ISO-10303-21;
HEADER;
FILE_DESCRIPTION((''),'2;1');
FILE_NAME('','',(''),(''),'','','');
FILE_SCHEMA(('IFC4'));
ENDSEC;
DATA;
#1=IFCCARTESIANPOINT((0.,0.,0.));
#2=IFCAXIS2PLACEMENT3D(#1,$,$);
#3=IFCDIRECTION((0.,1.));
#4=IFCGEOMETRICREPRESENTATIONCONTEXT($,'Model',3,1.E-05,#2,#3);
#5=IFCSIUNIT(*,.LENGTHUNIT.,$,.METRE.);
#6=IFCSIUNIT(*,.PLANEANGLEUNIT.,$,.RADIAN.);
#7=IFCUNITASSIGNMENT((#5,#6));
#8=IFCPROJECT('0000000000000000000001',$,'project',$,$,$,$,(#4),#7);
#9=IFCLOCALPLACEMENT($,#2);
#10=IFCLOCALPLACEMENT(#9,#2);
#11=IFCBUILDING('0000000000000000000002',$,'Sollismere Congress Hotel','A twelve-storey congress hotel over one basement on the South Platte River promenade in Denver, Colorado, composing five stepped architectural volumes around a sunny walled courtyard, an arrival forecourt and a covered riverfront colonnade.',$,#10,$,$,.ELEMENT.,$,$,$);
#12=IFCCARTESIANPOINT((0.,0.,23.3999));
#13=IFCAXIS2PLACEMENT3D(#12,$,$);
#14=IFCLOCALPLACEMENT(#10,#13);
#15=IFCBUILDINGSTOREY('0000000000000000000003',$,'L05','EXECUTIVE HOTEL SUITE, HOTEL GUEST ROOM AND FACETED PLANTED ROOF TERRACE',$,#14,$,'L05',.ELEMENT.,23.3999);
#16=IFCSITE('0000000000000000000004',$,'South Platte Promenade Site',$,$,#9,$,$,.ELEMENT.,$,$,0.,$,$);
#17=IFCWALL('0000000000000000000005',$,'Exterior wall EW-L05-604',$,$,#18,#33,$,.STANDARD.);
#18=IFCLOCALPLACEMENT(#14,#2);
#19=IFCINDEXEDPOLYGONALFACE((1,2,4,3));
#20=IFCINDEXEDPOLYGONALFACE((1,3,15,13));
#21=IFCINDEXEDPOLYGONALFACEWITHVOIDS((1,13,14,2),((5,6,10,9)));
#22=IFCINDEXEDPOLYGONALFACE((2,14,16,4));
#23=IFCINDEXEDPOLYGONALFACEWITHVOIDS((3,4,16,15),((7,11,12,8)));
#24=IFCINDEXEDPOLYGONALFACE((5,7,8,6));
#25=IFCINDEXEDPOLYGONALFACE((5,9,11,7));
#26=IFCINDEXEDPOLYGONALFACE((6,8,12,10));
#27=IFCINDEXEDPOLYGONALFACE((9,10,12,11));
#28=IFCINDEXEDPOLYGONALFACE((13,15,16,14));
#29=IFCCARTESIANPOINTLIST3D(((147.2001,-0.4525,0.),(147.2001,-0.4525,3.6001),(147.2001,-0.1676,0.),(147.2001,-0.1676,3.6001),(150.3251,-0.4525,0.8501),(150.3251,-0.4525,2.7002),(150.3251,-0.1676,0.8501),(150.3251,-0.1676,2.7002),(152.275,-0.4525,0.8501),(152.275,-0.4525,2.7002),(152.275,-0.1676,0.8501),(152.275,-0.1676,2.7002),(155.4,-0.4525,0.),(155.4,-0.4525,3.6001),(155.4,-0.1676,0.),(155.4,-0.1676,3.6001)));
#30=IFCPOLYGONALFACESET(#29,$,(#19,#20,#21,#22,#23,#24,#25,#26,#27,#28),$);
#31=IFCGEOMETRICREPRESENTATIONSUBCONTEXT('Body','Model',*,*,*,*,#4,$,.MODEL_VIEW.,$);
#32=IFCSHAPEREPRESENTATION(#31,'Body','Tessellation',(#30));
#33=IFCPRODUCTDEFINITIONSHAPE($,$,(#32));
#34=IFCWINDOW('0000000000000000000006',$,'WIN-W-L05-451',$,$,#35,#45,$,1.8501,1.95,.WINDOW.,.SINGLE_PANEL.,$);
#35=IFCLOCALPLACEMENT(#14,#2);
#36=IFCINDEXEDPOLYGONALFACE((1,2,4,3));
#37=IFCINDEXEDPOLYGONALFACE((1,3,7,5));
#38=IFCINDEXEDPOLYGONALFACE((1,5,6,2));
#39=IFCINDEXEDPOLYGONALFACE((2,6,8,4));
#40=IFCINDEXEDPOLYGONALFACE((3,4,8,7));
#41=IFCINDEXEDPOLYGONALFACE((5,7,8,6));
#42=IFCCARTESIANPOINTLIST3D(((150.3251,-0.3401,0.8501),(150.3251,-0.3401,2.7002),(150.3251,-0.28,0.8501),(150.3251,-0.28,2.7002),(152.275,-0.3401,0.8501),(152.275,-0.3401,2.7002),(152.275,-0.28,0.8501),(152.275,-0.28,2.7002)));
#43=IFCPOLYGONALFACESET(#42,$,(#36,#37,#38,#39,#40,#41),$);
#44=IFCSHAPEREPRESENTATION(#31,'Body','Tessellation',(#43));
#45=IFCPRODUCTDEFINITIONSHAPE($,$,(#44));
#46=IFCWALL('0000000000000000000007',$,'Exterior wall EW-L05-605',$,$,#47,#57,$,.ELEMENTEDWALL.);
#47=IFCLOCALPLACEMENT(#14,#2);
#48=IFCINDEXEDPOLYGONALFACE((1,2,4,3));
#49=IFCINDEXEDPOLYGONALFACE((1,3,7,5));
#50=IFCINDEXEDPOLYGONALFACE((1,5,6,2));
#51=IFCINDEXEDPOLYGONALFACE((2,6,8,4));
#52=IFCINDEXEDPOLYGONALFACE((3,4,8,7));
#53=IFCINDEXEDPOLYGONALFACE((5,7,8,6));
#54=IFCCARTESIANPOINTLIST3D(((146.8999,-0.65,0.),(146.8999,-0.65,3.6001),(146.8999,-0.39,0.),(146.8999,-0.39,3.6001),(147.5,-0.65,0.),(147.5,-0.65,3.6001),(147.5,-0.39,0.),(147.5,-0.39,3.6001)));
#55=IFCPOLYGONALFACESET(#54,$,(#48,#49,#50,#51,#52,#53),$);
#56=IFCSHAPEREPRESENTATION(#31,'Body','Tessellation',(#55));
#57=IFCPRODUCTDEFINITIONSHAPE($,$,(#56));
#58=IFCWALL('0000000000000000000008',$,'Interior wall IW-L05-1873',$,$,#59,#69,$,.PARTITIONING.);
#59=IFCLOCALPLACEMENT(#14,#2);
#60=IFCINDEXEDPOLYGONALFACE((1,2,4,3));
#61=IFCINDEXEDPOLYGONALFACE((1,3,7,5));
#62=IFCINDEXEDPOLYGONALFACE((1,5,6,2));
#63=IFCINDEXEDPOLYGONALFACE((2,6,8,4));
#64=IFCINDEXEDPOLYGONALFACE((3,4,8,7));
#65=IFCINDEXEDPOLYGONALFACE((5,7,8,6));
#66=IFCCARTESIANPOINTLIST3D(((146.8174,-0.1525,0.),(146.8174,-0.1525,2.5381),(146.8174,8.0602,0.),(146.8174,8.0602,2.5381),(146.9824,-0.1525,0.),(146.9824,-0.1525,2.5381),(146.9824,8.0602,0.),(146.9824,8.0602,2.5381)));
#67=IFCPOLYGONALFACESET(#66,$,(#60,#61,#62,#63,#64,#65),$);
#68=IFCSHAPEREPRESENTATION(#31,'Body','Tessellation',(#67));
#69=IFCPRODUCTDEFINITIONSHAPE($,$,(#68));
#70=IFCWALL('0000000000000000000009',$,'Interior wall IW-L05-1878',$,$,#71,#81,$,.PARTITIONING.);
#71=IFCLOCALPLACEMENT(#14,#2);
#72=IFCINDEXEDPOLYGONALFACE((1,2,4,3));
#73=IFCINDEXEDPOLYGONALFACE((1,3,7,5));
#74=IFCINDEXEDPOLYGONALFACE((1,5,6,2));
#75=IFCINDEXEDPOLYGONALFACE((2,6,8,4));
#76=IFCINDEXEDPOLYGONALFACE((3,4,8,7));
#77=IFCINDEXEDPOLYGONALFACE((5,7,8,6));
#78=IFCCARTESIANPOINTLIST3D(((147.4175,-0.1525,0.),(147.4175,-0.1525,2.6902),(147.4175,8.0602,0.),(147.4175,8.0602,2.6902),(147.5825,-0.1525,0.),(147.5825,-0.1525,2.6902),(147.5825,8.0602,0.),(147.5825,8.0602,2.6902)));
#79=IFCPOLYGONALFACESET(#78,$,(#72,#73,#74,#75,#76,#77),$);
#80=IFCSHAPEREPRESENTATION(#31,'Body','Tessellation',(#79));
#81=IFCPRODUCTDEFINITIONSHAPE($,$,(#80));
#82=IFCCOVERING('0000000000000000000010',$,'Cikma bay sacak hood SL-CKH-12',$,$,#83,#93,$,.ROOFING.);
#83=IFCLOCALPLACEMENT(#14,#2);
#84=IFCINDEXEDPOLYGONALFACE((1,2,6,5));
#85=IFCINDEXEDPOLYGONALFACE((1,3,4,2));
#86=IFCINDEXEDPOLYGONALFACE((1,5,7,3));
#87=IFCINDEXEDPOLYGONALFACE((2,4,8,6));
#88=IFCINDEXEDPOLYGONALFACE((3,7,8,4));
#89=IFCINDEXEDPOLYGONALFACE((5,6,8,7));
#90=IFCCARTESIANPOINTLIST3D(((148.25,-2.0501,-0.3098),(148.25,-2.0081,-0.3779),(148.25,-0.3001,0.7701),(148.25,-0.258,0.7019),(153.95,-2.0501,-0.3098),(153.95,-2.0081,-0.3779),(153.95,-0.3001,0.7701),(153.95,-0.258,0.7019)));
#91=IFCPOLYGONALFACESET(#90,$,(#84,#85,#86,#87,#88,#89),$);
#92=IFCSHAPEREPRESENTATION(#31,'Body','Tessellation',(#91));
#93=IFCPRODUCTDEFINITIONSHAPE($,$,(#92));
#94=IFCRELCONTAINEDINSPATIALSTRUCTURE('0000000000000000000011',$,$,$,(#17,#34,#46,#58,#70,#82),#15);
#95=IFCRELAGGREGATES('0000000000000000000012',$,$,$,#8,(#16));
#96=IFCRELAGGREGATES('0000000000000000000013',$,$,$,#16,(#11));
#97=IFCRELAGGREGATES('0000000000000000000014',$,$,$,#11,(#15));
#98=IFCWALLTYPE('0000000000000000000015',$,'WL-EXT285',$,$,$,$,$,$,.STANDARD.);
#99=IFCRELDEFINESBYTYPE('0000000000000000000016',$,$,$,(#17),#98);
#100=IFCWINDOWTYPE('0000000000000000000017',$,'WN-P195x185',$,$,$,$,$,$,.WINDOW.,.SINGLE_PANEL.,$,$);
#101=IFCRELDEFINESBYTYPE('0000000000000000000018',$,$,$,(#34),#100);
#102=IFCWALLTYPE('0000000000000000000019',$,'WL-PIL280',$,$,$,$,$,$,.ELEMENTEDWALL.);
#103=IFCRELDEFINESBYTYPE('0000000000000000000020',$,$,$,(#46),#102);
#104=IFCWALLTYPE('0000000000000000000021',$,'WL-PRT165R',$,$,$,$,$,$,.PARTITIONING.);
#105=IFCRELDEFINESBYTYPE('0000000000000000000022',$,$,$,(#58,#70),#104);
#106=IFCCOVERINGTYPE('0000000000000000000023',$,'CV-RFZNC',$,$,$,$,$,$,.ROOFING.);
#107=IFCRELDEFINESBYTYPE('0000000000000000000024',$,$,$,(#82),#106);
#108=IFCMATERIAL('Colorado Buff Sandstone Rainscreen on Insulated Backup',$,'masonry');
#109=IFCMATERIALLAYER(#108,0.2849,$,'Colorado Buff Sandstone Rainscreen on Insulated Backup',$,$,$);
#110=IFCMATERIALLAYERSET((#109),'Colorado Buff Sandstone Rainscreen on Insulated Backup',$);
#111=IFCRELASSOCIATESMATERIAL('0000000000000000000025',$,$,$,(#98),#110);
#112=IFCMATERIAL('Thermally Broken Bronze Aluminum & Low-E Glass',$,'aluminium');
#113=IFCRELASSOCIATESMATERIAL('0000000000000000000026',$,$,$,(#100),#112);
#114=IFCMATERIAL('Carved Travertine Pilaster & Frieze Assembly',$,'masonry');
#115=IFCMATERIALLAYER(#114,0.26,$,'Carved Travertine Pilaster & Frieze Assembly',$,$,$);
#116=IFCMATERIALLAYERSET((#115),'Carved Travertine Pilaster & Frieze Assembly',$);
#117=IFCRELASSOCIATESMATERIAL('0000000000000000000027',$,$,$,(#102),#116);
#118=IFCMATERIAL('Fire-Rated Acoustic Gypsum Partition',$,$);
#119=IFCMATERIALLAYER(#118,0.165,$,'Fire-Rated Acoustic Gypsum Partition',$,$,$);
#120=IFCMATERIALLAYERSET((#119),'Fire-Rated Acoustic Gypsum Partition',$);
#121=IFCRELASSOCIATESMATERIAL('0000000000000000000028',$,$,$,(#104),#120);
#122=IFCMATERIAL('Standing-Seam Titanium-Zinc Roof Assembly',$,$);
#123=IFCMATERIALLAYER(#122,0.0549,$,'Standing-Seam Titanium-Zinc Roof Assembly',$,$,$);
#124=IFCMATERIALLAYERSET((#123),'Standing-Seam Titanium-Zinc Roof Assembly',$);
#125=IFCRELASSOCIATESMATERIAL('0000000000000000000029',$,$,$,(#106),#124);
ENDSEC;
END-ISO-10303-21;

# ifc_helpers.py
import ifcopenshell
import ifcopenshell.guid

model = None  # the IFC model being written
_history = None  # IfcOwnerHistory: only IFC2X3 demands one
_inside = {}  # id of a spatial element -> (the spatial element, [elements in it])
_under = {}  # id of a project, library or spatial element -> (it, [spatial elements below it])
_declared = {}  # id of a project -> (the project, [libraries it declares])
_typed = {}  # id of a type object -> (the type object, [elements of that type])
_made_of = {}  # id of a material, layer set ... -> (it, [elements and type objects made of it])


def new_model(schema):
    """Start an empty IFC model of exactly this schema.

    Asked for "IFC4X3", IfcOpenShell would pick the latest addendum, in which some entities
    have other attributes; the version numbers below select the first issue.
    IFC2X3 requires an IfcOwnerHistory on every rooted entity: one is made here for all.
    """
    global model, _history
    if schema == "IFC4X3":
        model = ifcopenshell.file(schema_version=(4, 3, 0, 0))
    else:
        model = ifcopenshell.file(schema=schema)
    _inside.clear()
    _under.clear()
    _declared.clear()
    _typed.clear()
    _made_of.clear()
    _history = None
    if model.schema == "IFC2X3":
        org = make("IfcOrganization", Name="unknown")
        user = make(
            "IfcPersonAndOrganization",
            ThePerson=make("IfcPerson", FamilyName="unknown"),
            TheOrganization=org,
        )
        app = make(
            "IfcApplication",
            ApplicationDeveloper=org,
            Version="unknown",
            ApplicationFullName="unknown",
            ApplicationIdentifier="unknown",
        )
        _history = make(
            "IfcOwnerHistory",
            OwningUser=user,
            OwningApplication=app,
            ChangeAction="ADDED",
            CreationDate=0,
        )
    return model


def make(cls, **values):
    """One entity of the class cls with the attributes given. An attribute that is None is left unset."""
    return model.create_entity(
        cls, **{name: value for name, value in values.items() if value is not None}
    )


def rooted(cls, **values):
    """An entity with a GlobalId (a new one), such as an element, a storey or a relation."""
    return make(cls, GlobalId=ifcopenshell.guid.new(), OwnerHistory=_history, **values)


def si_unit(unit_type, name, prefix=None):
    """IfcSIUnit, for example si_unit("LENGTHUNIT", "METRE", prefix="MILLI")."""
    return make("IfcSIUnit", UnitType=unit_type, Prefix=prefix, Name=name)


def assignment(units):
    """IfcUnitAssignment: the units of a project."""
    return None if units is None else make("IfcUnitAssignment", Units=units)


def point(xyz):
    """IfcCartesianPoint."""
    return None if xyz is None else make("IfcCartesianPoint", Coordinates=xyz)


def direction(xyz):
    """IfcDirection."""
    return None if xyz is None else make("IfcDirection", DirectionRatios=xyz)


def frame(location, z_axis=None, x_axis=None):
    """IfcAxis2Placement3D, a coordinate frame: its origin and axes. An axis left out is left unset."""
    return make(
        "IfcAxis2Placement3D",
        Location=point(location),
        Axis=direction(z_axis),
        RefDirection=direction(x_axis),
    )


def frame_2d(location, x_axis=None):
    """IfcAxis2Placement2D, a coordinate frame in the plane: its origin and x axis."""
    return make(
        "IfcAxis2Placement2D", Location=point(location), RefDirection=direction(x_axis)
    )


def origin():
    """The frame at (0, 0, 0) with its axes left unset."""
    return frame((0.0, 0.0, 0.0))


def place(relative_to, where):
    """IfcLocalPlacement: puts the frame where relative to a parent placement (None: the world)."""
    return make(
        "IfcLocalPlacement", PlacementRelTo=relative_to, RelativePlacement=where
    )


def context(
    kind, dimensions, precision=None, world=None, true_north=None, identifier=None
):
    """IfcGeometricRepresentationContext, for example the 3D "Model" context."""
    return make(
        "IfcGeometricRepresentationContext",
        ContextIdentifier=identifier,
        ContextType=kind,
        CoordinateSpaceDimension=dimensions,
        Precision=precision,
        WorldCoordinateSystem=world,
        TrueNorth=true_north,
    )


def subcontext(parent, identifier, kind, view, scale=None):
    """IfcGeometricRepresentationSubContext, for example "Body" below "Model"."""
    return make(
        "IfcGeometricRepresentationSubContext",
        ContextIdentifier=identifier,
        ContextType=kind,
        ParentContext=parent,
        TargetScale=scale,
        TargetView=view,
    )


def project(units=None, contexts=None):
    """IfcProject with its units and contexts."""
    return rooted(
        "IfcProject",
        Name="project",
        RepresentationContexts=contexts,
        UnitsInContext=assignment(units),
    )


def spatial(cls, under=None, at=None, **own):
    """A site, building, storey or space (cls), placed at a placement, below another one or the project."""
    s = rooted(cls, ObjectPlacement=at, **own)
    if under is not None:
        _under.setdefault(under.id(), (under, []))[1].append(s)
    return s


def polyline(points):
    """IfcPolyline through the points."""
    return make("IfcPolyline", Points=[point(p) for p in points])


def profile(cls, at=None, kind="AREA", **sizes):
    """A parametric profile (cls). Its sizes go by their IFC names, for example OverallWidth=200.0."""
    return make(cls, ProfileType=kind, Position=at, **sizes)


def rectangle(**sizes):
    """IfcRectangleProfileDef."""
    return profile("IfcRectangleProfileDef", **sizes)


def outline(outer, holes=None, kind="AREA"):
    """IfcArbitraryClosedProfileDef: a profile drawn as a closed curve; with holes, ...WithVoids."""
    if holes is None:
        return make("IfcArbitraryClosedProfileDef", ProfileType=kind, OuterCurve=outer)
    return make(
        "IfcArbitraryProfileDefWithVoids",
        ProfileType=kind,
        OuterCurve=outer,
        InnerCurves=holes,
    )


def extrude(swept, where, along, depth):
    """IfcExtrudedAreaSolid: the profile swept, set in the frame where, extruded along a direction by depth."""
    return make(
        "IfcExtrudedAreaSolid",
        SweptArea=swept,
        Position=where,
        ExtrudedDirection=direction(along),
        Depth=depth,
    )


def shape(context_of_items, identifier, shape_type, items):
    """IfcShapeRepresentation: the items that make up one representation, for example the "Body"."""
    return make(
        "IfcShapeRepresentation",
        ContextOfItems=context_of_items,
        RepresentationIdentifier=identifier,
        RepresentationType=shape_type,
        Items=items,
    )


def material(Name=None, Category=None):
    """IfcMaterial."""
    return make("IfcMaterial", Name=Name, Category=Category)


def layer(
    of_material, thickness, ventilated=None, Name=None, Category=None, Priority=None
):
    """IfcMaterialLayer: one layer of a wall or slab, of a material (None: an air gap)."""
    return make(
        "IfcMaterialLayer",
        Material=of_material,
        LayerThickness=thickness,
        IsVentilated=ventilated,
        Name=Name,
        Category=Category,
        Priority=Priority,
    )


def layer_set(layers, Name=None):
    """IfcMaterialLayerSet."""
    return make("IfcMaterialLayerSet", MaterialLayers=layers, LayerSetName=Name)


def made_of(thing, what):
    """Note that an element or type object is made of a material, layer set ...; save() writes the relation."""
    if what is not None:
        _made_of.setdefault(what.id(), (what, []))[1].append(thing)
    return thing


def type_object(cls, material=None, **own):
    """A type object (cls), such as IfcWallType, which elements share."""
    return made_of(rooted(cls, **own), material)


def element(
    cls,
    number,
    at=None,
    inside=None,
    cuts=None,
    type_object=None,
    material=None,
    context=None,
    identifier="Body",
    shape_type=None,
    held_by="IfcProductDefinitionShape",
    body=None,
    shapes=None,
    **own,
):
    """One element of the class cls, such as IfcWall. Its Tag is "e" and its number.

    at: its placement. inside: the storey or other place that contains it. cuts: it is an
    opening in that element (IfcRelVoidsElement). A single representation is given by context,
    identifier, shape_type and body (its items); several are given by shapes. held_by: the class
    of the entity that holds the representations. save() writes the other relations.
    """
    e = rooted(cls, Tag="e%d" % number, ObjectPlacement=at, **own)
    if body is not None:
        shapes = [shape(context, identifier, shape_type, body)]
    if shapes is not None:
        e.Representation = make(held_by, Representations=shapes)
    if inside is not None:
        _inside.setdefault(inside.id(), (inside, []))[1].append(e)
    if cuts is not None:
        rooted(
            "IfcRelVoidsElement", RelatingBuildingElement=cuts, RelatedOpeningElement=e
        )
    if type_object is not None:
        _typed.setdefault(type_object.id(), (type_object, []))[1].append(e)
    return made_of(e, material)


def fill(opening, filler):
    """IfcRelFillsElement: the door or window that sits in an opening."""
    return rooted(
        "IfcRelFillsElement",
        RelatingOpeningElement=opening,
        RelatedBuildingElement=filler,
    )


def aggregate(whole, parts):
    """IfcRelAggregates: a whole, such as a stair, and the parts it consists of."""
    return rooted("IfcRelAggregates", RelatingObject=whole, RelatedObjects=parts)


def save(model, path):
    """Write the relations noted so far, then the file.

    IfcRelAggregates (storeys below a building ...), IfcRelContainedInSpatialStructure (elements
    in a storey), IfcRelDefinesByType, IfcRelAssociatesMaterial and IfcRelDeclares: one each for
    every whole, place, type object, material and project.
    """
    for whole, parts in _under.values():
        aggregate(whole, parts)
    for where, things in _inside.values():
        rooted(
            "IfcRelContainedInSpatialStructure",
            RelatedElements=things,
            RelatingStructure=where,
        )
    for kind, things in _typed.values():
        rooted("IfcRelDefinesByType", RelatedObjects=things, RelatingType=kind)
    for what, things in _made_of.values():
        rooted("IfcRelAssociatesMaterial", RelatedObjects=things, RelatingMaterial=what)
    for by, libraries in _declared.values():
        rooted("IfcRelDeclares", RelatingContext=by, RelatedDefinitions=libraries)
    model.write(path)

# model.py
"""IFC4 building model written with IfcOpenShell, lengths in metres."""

from ifc_helpers import new_model, si_unit, direction, frame, frame_2d, origin, place, context, subcontext, project, spatial, polyline, rectangle, outline, extrude, material, layer, layer_set, type_object, element, fill, save


model = new_model("IFC4")

# Units and contexts
model_context = context("Model", 3, precision=1e-05, world=origin(), true_north=direction((0.0, 1.0)))
body_context = subcontext(model_context, "Body", "Model", "MODEL_VIEW")
ifc_project = project(units=[si_unit("LENGTHUNIT", "METRE"), si_unit("PLANEANGLEUNIT", "RADIAN")], contexts=[model_context])

# Site, building, storey
site_placement = place(None, origin())
site = spatial("IfcSite", under=ifc_project, at=site_placement, Name="South Platte Promenade Site", CompositionType="ELEMENT", RefElevation=0.0)
building_placement = place(site_placement, origin())
building = spatial("IfcBuilding", under=site, at=building_placement, Name="Sollismere Congress Hotel", Description="A twelve-storey congress hotel over one basement on the South Platte River promenade in Denver, Colorado, composing five stepped architectural volumes around a sunny walled courtyard, an arrival forecourt and a covered riverfront colonnade.", CompositionType="ELEMENT")
storey_placement = place(building_placement, frame((0.0, 0.0, 23.3999)))
storey = spatial("IfcBuildingStorey", under=building, at=storey_placement, Name="L05", Description="EXECUTIVE HOTEL SUITE, HOTEL GUEST ROOM AND FACETED PLANTED ROOF TERRACE", LongName="L05", CompositionType="ELEMENT", Elevation=23.3999)

# Shared definitions
ifc_material_1 = material(Name="Colorado Buff Sandstone Rainscreen on Insulated Backup", Category="masonry")
ifc_layer_1 = layer(ifc_material_1, 0.2849, Name="Colorado Buff Sandstone Rainscreen on Insulated Backup")
ifc_layer_set_1 = layer_set([ifc_layer_1], Name="Colorado Buff Sandstone Rainscreen on Insulated Backup")
wall_type_1 = type_object("IfcWallType", Name="WL-EXT285", PredefinedType="STANDARD", material=ifc_layer_set_1)
ifc_material_2 = material(Name="Thermally Broken Bronze Aluminum & Low-E Glass", Category="aluminium")

# Wall, opening, window
wall_1_placement = place(storey_placement, frame((147.2, -0.3101, 0.0), z_axis=(0.0, 0.0, 1.0), x_axis=(1.0, 0.0, 0.0)))
wall_1 = element("IfcWall", 1, at=wall_1_placement, inside=storey, type_object=wall_type_1, Name="Exterior wall EW-L05-604", PredefinedType="STANDARD", context=body_context, shape_type="SweptSolid", body=[
    extrude(rectangle(XDim=8.2, YDim=0.2849, at=frame_2d((4.1001, 0.0))), origin(), (0.0, 0.0, 1.0), 3.6001),
])
opening_1_placement = place(wall_1_placement, frame((3.125, 0.0, 0.8501)))
opening_1 = element("IfcOpeningElement", 2, at=opening_1_placement, cuts=wall_1, PredefinedType="OPENING", context=body_context, shape_type="SweptSolid", body=[
    extrude(rectangle(XDim=1.95, YDim=1.8501, at=frame_2d((0.9751, 0.925))), frame((0.0, 0.1523, 0.0), z_axis=(0.0, -1.0, 0.0), x_axis=(1.0, 0.0, 0.0)), (0.0, 0.0, 1.0), 0.3049),
])
window_type_1 = type_object("IfcWindowType", Name="WN-P195x185", PartitioningType="SINGLE_PANEL", PredefinedType="WINDOW", material=ifc_material_2)
window_1_placement = place(opening_1_placement, origin())
window_1 = element("IfcWindow", 3, at=window_1_placement, inside=storey, type_object=window_type_1, Name="WIN-W-L05-451", OverallHeight=1.8501, OverallWidth=1.95, PartitioningType="SINGLE_PANEL", PredefinedType="WINDOW", context=body_context, shape_type="SweptSolid", body=[
    extrude(rectangle(XDim=1.95, YDim=1.8501, at=frame_2d((0.9751, 0.925))), frame((0.0, 0.03, 0.0), z_axis=(0.0, -1.0, 0.0), x_axis=(1.0, 0.0, 0.0)), (0.0, 0.0, 1.0), 0.0601),
])
fill(opening_1, window_1)

# Walls
ifc_material_3 = material(Name="Carved Travertine Pilaster & Frieze Assembly", Category="masonry")
ifc_layer_2 = layer(ifc_material_3, 0.26, Name="Carved Travertine Pilaster & Frieze Assembly")
ifc_layer_set_2 = layer_set([ifc_layer_2], Name="Carved Travertine Pilaster & Frieze Assembly")
wall_type_2 = type_object("IfcWallType", Name="WL-PIL280", PredefinedType="ELEMENTEDWALL", material=ifc_layer_set_2)
wall_2_placement = place(storey_placement, frame((146.8999, -0.52, 0.0), z_axis=(0.0, 0.0, 1.0), x_axis=(1.0, 0.0, 0.0)))
element("IfcWall", 4, at=wall_2_placement, inside=storey, type_object=wall_type_2, Name="Exterior wall EW-L05-605", PredefinedType="ELEMENTEDWALL", context=body_context, shape_type="SweptSolid", body=[
    extrude(rectangle(XDim=0.6001, YDim=0.26, at=frame_2d((0.3, 0.0))), origin(), (0.0, 0.0, 1.0), 3.6001),
])
ifc_material_4 = material(Name="Fire-Rated Acoustic Gypsum Partition")
ifc_layer_3 = layer(ifc_material_4, 0.165, Name="Fire-Rated Acoustic Gypsum Partition")
ifc_layer_set_3 = layer_set([ifc_layer_3], Name="Fire-Rated Acoustic Gypsum Partition")
wall_type_3 = type_object("IfcWallType", Name="WL-PRT165R", PredefinedType="PARTITIONING", material=ifc_layer_set_3)
wall_3_placement = place(storey_placement, frame((146.8999, -0.1526, 0.0), z_axis=(0.0, 0.0, 1.0), x_axis=(0.0, 1.0, 0.0)))
element("IfcWall", 5, at=wall_3_placement, inside=storey, type_object=wall_type_3, Name="Interior wall IW-L05-1873", PredefinedType="PARTITIONING", context=body_context, shape_type="SweptSolid", body=[
    extrude(rectangle(XDim=8.2126, YDim=0.165, at=frame_2d((4.1064, 0.0))), origin(), (0.0, 0.0, 1.0), 2.5381),
])
wall_4_placement = place(storey_placement, frame((147.5, -0.1526, 0.0), z_axis=(0.0, 0.0, 1.0), x_axis=(0.0, 1.0, 0.0)))
element("IfcWall", 6, at=wall_4_placement, inside=storey, type_object=wall_type_3, Name="Interior wall IW-L05-1878", PredefinedType="PARTITIONING", context=body_context, shape_type="SweptSolid", body=[
    extrude(rectangle(XDim=8.2126, YDim=0.165, at=frame_2d((4.1064, 0.0))), origin(), (0.0, 0.0, 1.0), 2.6902),
])

# Covering
ifc_material_5 = material(Name="Standing-Seam Titanium-Zinc Roof Assembly")
ifc_layer_4 = layer(ifc_material_5, 0.0549, Name="Standing-Seam Titanium-Zinc Roof Assembly")
ifc_layer_set_4 = layer_set([ifc_layer_4], Name="Standing-Seam Titanium-Zinc Roof Assembly")
covering_type = type_object("IfcCoveringType", Name="CV-RFZNC", PredefinedType="ROOFING", material=ifc_layer_set_4)
covering_placement = place(storey_placement, frame((148.25, -2.0081, -0.3779), z_axis=(0.0, -0.525124, 0.851026), x_axis=(1.0, 0.0, 0.0)))
element("IfcCovering", 7, at=covering_placement, inside=storey, type_object=covering_type, Name="Cikma bay sacak hood SL-CKH-12", PredefinedType="ROOFING", context=body_context, shape_type="SweptSolid", body=[
    extrude(outline(polyline([(0.0, 0.0), (5.7, 0.0), (5.7, 2.0564), (0.0, 2.0564), (0.0, 0.0)])), origin(), (0.0, 0.0, 1.0), 0.0801),
])

save(model, "model.ifc")
